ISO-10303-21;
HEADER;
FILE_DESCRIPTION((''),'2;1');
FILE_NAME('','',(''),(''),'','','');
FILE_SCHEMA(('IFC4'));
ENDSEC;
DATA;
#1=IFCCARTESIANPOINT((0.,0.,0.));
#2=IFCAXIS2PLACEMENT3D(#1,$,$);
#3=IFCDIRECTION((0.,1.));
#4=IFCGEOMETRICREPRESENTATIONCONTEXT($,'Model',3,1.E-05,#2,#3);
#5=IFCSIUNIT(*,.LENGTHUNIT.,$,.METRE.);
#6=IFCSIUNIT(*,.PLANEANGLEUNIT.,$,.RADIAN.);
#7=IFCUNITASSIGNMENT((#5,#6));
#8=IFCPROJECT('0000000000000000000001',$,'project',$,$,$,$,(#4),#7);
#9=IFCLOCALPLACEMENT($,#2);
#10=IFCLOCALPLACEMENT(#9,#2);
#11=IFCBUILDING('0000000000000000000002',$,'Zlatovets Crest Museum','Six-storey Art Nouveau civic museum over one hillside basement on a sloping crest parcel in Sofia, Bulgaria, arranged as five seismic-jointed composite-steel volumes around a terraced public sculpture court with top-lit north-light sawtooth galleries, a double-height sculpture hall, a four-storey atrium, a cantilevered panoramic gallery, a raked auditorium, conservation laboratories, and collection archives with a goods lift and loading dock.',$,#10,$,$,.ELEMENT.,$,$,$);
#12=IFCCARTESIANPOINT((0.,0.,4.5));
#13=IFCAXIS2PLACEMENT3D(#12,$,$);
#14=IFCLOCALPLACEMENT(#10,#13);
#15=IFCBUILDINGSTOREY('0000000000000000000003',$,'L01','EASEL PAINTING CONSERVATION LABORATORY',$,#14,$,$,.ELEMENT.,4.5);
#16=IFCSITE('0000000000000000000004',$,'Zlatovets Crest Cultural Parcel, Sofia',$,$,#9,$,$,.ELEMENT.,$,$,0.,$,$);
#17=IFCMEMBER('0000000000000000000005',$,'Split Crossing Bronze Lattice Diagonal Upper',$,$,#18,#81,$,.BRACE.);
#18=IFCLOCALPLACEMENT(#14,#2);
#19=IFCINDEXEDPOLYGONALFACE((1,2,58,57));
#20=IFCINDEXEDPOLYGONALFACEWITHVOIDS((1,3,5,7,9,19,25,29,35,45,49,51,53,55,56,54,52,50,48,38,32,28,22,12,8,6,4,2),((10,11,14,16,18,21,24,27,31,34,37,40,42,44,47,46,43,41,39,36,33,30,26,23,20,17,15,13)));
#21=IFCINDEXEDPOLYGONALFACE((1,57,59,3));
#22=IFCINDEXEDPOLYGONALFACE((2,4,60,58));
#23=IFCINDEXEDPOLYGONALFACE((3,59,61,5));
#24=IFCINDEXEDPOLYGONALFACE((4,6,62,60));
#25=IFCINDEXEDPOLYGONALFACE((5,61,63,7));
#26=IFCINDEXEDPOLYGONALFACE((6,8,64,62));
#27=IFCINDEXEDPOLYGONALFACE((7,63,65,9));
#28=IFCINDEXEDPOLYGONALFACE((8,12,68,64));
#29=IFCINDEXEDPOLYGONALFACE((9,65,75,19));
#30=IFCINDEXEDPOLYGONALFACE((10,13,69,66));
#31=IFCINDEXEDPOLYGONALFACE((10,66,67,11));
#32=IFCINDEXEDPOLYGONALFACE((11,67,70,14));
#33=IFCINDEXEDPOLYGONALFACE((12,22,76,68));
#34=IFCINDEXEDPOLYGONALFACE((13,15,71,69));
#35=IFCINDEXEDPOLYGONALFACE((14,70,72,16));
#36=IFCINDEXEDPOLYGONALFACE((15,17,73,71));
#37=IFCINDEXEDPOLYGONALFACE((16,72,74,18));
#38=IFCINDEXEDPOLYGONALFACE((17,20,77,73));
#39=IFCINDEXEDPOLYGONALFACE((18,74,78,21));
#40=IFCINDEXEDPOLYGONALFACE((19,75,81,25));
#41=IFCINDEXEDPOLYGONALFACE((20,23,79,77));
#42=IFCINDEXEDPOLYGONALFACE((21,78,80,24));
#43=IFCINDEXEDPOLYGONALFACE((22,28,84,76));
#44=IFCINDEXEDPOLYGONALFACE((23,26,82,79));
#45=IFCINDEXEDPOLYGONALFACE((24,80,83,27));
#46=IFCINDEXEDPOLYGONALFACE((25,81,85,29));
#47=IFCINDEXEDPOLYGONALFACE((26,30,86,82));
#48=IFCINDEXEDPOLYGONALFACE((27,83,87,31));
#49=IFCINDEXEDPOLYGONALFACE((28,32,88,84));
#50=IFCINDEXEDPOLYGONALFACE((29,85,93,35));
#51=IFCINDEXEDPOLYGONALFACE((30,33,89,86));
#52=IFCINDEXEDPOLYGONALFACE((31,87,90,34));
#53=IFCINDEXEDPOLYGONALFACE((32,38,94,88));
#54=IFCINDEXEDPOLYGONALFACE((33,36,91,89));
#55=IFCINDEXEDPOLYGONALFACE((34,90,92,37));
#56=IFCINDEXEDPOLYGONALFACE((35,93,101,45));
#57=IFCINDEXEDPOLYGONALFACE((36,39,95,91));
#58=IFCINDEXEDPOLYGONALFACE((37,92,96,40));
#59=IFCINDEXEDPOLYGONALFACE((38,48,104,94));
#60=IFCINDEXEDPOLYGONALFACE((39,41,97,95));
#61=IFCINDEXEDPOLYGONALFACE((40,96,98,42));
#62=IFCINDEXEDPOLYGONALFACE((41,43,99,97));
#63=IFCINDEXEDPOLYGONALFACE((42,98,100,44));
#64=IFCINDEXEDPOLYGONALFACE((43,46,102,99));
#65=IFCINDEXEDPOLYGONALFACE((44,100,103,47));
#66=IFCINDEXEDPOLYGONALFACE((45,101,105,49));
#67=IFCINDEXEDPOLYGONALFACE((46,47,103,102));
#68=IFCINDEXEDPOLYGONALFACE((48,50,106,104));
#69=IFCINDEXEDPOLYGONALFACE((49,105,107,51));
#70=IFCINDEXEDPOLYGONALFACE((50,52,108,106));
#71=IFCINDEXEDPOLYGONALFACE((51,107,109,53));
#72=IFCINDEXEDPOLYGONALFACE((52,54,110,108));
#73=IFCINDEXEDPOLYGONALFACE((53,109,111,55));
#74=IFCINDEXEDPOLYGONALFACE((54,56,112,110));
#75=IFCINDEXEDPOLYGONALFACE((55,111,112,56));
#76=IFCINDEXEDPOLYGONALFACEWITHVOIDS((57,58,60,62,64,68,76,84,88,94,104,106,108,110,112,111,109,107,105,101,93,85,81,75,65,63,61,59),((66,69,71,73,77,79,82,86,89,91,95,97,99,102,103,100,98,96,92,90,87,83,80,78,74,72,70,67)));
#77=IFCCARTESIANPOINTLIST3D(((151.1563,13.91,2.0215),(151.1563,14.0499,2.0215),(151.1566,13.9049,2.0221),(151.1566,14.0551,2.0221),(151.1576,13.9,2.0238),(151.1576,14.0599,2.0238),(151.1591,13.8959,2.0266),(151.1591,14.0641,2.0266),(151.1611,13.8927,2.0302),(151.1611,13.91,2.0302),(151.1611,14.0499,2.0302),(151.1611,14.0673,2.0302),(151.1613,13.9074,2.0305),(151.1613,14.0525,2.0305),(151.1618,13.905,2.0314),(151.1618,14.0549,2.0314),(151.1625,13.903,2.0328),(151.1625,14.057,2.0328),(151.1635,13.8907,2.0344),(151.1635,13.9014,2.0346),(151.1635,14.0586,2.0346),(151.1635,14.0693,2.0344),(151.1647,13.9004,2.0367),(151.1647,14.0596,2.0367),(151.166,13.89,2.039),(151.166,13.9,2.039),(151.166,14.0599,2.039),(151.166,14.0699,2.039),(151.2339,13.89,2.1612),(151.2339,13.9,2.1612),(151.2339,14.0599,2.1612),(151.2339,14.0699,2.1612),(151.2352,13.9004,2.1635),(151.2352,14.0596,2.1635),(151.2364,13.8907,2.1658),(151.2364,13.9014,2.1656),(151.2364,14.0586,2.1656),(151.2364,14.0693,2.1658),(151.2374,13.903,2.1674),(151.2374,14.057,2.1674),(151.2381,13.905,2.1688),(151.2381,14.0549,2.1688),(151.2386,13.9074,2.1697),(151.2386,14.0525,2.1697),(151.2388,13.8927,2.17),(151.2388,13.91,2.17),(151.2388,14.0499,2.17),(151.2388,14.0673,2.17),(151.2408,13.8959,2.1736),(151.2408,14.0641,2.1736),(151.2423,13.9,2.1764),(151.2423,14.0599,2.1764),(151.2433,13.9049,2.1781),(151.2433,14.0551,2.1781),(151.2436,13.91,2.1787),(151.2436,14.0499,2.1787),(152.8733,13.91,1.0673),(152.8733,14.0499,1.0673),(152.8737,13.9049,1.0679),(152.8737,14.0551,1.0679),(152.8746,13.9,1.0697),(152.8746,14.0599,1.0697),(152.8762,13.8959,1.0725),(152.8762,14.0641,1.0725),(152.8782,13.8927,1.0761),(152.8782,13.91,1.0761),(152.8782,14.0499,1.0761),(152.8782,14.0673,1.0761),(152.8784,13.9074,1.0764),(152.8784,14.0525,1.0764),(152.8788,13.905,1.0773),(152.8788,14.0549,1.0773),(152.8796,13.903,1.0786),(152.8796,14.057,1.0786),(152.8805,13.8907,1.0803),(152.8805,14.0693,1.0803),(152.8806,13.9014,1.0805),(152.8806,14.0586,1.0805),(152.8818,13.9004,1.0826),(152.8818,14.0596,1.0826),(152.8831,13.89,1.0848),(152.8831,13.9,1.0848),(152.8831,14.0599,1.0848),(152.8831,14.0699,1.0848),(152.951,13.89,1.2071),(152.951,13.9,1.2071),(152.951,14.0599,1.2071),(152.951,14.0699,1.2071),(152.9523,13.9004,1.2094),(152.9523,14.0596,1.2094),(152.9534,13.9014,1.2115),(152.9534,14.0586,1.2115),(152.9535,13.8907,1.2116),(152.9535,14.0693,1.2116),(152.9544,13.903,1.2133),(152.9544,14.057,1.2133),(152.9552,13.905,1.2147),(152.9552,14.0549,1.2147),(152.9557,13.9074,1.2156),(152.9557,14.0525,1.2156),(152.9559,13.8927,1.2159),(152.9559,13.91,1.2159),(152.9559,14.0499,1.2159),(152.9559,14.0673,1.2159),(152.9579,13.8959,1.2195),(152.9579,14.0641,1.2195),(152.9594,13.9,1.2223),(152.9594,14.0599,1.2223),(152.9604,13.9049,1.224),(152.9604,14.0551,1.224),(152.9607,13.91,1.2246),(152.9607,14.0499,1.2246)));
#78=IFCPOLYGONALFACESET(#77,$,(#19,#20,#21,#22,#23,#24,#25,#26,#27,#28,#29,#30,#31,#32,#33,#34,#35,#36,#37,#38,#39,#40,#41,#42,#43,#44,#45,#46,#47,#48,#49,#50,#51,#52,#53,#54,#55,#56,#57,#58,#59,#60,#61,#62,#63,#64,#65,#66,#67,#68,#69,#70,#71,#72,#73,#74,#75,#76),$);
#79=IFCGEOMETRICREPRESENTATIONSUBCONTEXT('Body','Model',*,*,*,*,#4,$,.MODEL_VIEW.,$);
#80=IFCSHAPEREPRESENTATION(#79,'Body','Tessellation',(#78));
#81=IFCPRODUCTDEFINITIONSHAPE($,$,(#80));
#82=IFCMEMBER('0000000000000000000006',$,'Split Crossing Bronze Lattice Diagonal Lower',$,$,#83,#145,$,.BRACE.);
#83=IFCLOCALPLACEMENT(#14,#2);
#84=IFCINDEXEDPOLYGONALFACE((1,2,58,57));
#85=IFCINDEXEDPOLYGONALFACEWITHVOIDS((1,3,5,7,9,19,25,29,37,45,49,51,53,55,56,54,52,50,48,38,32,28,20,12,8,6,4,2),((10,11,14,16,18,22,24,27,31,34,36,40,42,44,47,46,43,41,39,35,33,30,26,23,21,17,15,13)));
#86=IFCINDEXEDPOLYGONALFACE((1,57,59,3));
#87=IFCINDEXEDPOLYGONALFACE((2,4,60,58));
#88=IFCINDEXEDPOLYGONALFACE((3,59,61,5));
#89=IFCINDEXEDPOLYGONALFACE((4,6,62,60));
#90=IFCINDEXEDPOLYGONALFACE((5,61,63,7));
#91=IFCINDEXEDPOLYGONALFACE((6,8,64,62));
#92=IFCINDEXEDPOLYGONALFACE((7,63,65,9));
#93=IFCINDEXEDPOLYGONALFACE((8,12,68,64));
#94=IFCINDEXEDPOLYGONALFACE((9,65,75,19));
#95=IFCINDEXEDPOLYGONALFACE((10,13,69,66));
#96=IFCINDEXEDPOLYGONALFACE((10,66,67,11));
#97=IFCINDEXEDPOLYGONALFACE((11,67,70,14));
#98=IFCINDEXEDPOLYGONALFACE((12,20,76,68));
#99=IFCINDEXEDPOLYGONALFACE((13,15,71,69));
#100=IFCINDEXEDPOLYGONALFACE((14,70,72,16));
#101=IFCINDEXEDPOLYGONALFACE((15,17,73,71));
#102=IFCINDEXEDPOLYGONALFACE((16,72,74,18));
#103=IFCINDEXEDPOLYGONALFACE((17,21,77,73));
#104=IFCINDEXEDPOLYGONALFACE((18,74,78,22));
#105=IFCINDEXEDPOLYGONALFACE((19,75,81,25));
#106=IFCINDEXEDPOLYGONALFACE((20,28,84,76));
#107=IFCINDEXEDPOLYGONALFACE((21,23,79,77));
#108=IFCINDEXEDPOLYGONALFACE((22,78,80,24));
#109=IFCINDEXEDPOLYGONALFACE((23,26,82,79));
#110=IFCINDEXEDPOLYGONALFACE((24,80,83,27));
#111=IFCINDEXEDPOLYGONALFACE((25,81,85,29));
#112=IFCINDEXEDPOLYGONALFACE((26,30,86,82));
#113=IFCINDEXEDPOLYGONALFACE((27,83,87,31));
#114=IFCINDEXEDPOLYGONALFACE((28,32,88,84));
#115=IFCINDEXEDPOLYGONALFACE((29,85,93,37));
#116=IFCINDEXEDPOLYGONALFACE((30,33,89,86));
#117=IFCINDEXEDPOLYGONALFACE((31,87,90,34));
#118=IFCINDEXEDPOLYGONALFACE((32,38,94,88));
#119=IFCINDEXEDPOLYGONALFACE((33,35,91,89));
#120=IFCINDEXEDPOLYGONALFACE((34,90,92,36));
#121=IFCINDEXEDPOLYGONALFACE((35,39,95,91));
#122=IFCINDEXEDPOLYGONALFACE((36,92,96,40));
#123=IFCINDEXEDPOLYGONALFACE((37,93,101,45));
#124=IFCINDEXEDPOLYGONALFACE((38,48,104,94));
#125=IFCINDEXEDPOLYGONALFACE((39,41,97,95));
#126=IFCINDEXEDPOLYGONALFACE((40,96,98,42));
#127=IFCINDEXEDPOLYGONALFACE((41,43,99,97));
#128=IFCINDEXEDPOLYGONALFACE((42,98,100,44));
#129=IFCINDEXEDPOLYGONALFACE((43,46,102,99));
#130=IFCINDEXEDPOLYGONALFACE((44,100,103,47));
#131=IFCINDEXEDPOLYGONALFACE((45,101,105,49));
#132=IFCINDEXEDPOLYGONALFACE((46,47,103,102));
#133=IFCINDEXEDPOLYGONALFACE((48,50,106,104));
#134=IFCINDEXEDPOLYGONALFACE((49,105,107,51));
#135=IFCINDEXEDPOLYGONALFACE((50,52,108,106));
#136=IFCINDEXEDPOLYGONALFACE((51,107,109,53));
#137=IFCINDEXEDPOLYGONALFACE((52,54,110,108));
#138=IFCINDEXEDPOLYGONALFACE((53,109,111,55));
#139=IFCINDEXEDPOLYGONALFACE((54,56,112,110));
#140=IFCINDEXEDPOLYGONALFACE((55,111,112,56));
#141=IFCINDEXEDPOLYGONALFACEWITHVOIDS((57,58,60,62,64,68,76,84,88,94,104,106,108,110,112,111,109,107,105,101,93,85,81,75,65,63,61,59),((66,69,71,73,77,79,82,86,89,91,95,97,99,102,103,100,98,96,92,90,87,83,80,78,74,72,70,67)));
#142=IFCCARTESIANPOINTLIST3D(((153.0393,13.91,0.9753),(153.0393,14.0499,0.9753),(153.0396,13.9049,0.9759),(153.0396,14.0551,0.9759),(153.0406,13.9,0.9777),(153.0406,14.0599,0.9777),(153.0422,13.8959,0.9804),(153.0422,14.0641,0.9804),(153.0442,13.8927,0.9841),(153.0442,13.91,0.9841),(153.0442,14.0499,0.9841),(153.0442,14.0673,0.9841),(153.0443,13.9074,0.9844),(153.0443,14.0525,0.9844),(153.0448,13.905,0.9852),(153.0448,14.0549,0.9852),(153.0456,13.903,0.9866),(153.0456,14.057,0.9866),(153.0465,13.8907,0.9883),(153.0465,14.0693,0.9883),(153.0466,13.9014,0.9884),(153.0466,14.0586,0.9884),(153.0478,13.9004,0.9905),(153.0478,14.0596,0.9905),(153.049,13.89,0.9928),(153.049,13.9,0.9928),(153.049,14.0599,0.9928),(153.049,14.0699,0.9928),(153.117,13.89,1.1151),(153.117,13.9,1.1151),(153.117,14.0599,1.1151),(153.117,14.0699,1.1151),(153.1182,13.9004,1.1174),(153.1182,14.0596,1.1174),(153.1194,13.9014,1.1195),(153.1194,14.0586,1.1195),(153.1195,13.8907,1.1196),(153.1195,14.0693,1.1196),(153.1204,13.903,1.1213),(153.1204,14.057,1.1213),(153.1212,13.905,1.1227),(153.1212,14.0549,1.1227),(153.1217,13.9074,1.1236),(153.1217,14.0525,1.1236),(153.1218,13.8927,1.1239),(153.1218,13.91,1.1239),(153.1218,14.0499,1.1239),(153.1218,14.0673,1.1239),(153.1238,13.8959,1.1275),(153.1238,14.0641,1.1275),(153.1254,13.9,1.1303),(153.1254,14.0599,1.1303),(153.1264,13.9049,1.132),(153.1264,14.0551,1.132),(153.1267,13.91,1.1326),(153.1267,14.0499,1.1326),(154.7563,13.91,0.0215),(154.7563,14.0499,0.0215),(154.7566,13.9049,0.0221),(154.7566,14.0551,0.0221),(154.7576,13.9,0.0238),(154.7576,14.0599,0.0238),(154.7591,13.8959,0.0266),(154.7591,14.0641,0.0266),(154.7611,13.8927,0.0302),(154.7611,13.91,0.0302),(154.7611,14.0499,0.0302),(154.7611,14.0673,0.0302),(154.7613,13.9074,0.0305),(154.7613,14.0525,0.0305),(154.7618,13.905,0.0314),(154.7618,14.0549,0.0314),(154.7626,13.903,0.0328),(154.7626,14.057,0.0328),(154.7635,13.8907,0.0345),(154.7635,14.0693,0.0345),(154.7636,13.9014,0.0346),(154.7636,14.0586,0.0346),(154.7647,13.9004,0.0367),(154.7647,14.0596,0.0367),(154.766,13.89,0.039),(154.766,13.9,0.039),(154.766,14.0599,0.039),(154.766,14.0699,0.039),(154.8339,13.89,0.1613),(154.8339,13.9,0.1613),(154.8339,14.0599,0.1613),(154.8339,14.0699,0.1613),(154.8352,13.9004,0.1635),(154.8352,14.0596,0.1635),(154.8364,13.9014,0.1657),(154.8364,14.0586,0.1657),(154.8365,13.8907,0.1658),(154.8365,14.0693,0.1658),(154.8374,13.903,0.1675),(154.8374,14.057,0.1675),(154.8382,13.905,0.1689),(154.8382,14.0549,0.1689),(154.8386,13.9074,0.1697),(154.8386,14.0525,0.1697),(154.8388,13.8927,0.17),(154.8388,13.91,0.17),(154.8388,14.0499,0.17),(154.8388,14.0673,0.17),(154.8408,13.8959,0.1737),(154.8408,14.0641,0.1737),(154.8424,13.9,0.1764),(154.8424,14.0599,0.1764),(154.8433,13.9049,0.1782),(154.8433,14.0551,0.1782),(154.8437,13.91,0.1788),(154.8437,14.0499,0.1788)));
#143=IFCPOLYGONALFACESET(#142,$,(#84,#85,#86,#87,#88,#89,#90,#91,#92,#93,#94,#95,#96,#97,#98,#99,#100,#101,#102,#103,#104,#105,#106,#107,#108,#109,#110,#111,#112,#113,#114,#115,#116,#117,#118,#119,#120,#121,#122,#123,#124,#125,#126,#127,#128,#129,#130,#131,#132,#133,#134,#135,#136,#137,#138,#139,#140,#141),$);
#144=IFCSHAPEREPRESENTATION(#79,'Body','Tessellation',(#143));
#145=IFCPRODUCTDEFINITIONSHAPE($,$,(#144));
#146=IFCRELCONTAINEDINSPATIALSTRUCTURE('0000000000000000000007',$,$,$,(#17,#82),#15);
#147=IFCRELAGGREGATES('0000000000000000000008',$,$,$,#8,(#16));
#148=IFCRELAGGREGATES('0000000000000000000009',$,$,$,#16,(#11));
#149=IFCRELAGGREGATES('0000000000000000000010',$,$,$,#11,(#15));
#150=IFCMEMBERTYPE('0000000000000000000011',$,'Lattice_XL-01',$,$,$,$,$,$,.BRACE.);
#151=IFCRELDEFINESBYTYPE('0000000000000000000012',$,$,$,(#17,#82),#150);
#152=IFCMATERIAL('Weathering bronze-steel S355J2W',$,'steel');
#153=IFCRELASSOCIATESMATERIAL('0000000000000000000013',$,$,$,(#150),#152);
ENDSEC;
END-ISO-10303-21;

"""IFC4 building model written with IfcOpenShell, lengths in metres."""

from ifc_helpers import new_model, si_unit, direction, frame, origin, origin_2d, place, context, subcontext, project, spatial, hollow_rectangle, extrude, material, material_profile, profile_set, type_object, element, save


model = new_model("IFC4")

# Units and contexts
model_context = context("Model", 3, precision=1e-05, world=origin(), true_north=direction((0.0, 1.0)))
body_context = subcontext(model_context, "Body", "Model", "MODEL_VIEW")
ifc_project = project(units=[si_unit("LENGTHUNIT", "METRE"), si_unit("PLANEANGLEUNIT", "RADIAN")], contexts=[model_context])

# Site, building, storey
site_placement = place(None, origin())
site = spatial("IfcSite", under=ifc_project, at=site_placement, Name="Zlatovets Crest Cultural Parcel, Sofia", CompositionType="ELEMENT", RefElevation=0.0)
building_placement = place(site_placement, origin())
building = spatial("IfcBuilding", under=site, at=building_placement, Name="Zlatovets Crest Museum", Description="Six-storey Art Nouveau civic museum over one hillside basement on a sloping crest parcel in Sofia, Bulgaria, arranged as five seismic-jointed composite-steel volumes around a terraced public sculpture court with top-lit north-light sawtooth galleries, a double-height sculpture hall, a four-storey atrium, a cantilevered panoramic gallery, a raked auditorium, conservation laboratories, and collection archives with a goods lift and loading dock.", CompositionType="ELEMENT")
storey_placement = place(building_placement, frame((0.0, 0.0, 4.5)))
storey = spatial("IfcBuildingStorey", under=building, at=storey_placement, Name="L01", Description="EASEL PAINTING CONSERVATION LABORATORY", CompositionType="ELEMENT", Elevation=4.5)

# Members
ifc_material_1 = material(Name="Weathering bronze-steel S355J2W", Category="steel")
ifc_material_profile_1 = material_profile(ifc_material_1, hollow_rectangle(XDim=0.1799, YDim=0.1799, WallThickness=0.01, InnerFilletRadius=0.01, OuterFilletRadius=0.02, at=origin_2d()), Name="SHS 180x180x10.0")
ifc_profile_set_1 = profile_set([ifc_material_profile_1], Name="Weathering bronze-steel S355J2W")
member_type_1 = type_object("IfcMemberType", Name="Lattice_XL-01", PredefinedType="BRACE", material=ifc_profile_set_1)
member_1_placement = place(storey_placement, frame((151.2, 13.98, 2.1001), z_axis=(0.874116, 0.0, -0.485717), x_axis=(0.0, 1.0, 0.0)))
element("IfcMember", 1, at=member_1_placement, inside=storey, type_object=member_type_1, Name="Split Crossing Bronze Lattice Diagonal Upper", PredefinedType="BRACE", context=body_context, shape_type="SweptSolid", body=[
    extrude(hollow_rectangle(XDim=0.1799, YDim=0.1799, WallThickness=0.01, InnerFilletRadius=0.01, OuterFilletRadius=0.02, at=origin_2d()), origin(), (0.0, 0.0, 1.0), 1.9644),
])
member_2_placement = place(storey_placement, frame((153.083, 13.98, 1.054), z_axis=(0.874169, 0.0, -0.485622), x_axis=(0.0, 1.0, 0.0)))
element("IfcMember", 2, at=member_2_placement, inside=storey, type_object=member_type_1, Name="Split Crossing Bronze Lattice Diagonal Lower", PredefinedType="BRACE", context=body_context, shape_type="SweptSolid", body=[
    extrude(hollow_rectangle(XDim=0.1799, YDim=0.1799, WallThickness=0.01, InnerFilletRadius=0.01, OuterFilletRadius=0.02, at=origin_2d()), origin(), (0.0, 0.0, 1.0), 1.9641),
])

save(model, "model.ifc")
